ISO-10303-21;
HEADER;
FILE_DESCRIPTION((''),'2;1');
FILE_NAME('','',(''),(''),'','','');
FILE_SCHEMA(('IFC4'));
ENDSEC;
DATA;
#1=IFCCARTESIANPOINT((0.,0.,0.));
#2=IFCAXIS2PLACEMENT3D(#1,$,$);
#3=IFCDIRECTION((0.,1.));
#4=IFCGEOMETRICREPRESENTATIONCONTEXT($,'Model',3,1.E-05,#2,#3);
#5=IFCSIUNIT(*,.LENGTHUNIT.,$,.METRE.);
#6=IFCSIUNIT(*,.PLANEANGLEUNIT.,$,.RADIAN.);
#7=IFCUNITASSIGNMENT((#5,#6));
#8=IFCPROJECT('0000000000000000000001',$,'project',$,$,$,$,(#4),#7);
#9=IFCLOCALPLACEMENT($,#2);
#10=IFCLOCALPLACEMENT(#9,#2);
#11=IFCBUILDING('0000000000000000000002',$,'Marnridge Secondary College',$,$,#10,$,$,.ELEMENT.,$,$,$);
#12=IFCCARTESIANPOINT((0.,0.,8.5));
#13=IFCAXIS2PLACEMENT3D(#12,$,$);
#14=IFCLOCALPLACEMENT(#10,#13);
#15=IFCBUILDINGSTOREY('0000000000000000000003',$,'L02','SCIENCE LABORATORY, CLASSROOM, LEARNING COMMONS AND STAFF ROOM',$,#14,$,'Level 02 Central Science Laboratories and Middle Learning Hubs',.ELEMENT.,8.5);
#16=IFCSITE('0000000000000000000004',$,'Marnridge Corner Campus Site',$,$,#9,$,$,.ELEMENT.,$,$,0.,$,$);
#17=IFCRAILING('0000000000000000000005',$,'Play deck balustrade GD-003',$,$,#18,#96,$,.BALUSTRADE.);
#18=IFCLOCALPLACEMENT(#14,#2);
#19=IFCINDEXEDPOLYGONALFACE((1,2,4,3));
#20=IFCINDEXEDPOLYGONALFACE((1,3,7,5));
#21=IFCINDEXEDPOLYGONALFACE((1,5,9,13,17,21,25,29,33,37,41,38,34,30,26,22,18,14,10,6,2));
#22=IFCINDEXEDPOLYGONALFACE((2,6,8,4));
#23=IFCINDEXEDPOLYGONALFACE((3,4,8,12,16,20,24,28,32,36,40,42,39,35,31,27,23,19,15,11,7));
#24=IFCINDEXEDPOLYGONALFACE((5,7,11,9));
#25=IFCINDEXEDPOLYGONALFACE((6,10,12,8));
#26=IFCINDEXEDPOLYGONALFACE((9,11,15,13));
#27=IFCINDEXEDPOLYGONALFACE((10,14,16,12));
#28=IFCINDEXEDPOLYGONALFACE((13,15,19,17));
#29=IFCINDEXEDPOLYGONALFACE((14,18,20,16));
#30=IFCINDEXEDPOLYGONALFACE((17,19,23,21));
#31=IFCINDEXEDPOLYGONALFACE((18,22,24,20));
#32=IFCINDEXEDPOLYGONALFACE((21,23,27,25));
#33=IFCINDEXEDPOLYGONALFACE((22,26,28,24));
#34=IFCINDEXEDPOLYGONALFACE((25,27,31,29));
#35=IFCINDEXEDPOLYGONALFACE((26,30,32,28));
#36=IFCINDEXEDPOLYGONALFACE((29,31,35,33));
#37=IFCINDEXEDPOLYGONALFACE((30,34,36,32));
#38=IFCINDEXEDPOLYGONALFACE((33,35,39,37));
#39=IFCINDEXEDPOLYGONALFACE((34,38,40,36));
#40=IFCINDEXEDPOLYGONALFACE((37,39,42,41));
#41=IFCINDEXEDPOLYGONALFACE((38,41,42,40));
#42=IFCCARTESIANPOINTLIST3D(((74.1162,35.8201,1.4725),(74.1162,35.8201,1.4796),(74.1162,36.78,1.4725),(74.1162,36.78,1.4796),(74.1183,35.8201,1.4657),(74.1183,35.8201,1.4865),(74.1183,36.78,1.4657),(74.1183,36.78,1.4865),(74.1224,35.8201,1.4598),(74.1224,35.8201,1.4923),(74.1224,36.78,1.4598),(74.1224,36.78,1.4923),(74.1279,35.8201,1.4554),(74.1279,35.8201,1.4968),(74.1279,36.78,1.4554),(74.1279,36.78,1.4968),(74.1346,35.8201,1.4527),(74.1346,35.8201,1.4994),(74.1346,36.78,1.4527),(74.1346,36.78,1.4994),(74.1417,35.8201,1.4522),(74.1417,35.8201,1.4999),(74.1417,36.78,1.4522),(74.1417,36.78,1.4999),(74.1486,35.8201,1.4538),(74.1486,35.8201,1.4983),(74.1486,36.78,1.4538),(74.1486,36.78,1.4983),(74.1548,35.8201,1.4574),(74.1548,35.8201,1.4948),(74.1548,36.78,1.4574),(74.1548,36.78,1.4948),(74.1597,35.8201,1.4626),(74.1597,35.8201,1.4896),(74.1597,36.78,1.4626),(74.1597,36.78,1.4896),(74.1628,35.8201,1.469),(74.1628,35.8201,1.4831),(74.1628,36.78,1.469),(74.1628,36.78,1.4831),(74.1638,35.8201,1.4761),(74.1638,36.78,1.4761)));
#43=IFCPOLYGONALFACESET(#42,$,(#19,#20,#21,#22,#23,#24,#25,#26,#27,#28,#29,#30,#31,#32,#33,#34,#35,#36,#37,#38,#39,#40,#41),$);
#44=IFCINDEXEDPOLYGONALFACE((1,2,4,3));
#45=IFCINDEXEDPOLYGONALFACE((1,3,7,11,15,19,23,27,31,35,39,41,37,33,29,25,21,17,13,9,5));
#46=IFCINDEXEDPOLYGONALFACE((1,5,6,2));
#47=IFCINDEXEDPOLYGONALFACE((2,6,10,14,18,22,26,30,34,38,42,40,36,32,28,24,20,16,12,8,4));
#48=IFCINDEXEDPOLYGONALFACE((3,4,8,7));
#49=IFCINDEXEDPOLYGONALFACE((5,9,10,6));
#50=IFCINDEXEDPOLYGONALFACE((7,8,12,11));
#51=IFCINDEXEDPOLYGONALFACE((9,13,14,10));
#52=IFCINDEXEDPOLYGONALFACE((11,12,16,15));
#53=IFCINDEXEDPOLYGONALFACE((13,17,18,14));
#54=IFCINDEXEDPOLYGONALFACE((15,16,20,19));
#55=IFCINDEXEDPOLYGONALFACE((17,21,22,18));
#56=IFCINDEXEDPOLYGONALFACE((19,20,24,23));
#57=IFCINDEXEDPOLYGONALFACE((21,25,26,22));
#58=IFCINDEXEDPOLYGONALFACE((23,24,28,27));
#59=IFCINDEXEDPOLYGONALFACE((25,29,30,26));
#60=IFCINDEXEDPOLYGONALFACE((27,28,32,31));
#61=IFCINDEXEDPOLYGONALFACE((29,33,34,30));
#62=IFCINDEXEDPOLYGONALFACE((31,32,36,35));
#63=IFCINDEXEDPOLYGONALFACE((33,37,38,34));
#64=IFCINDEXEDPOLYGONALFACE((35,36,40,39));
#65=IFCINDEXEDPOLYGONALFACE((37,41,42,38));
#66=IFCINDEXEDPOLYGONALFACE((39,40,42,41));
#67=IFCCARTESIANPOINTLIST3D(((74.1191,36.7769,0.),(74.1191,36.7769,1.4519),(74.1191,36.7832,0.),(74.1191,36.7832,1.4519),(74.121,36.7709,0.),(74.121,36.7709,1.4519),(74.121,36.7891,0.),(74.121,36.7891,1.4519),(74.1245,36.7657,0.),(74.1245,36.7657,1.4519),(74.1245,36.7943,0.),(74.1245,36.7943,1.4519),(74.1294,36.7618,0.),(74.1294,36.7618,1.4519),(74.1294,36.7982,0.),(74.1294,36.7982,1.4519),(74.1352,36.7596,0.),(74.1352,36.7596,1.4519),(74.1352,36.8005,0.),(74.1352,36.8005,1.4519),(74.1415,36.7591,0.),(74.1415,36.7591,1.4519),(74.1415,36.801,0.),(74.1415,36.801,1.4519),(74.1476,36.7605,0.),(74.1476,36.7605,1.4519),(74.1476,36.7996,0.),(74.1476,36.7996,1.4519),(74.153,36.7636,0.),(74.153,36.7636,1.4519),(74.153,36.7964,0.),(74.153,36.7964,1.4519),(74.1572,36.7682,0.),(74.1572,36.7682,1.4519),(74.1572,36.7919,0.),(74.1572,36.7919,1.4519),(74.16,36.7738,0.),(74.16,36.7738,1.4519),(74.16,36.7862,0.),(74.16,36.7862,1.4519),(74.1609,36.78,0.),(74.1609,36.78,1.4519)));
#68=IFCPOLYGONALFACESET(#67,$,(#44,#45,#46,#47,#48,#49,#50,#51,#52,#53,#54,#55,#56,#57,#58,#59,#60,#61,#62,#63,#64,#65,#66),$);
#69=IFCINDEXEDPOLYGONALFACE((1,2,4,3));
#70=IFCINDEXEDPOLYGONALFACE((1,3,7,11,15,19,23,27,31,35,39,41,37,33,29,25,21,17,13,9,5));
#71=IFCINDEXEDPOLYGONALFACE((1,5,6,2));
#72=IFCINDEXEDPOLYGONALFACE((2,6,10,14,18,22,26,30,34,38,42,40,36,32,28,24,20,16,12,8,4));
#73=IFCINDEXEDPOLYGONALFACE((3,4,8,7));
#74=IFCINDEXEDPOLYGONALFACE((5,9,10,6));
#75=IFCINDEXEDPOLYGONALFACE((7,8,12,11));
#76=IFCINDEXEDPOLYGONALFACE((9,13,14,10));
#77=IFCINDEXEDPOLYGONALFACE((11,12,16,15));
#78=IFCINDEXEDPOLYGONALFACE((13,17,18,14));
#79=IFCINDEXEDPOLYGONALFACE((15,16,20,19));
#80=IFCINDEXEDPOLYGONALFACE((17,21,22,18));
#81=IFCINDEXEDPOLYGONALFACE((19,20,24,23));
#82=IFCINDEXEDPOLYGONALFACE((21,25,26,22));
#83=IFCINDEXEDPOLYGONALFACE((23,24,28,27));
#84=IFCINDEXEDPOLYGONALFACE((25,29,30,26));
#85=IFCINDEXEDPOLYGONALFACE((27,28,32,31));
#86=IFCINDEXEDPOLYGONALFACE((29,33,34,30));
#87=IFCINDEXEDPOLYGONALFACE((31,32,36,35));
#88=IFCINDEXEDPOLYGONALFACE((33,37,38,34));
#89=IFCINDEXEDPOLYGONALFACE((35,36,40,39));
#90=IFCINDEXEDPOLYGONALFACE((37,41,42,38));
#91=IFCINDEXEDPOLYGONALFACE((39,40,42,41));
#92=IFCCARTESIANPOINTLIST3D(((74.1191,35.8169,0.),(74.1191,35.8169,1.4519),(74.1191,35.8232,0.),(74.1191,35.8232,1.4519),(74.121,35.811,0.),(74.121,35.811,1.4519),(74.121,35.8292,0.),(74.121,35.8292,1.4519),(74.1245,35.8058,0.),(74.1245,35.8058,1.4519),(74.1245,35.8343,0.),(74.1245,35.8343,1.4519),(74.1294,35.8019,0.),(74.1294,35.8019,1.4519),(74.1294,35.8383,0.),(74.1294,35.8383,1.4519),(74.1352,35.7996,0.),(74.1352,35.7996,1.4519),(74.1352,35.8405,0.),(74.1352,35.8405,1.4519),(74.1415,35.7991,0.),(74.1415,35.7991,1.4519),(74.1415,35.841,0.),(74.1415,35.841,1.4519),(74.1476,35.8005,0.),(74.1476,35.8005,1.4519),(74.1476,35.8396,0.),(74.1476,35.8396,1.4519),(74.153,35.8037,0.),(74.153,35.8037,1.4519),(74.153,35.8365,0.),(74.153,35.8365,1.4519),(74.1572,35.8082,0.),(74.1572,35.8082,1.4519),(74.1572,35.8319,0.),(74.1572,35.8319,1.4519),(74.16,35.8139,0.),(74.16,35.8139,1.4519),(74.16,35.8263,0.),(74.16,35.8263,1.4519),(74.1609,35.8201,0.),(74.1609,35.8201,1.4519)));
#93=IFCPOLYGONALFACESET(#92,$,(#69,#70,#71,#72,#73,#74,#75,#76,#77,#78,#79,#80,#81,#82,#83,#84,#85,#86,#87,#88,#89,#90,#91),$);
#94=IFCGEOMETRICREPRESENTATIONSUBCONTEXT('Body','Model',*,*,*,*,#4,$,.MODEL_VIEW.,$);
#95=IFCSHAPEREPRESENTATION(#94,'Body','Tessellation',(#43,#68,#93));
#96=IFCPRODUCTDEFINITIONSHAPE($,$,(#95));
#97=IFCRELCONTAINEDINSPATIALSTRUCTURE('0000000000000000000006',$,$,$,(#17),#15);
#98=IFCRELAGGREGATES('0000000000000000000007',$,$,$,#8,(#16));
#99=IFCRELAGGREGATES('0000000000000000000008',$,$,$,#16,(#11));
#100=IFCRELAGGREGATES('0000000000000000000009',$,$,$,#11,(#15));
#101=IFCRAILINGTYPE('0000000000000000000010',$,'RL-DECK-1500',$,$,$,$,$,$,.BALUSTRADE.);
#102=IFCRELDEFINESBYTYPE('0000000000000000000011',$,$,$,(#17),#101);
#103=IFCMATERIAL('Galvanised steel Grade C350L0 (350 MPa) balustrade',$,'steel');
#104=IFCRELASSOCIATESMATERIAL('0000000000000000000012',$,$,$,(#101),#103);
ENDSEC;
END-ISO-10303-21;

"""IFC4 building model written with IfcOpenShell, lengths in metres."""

from ifc_helpers import new_model, si_unit, direction, frame, origin, origin_2d, place, context, subcontext, project, spatial, circle, extrude, material, type_object, element, save


model = new_model("IFC4")

# Units and contexts
model_context = context("Model", 3, precision=1e-05, world=origin(), true_north=direction((0.0, 1.0)))
body_context = subcontext(model_context, "Body", "Model", "MODEL_VIEW")
ifc_project = project(units=[si_unit("LENGTHUNIT", "METRE"), si_unit("PLANEANGLEUNIT", "RADIAN")], contexts=[model_context])

# Site, building, storey
site_placement = place(None, origin())
site = spatial("IfcSite", under=ifc_project, at=site_placement, Name="Marnridge Corner Campus Site", CompositionType="ELEMENT", RefElevation=0.0)
building_placement = place(site_placement, origin())
building = spatial("IfcBuilding", under=site, at=building_placement, Name="Marnridge Secondary College", CompositionType="ELEMENT")
storey_placement = place(building_placement, frame((0.0, 0.0, 8.5)))
storey = spatial("IfcBuildingStorey", under=building, at=storey_placement, Name="L02", Description="SCIENCE LABORATORY, CLASSROOM, LEARNING COMMONS AND STAFF ROOM", LongName="Level 02 Central Science Laboratories and Middle Learning Hubs", CompositionType="ELEMENT", Elevation=8.5)

# Railing
ifc_material_1 = material(Name="Galvanised steel Grade C350L0 (350 MPa) balustrade", Category="steel")
railing_type_1 = type_object("IfcRailingType", Name="RL-DECK-1500", PredefinedType="BALUSTRADE", material=ifc_material_1)
railing_1_placement = place(storey_placement, frame((74.1399, 36.78, 0.0)))
element("IfcRailing", 1, at=railing_1_placement, inside=storey, type_object=railing_type_1, Name="Play deck balustrade GD-003", PredefinedType="BALUSTRADE", context=body_context, shape_type="SweptSolid", body=[
    extrude(circle(Radius=0.0239, at=origin_2d()), frame((0.0, 0.0, 1.4761), z_axis=(0.0, -1.0, 0.0), x_axis=(1.0, 0.0, 0.0)), (0.0, 0.0, 1.0), 0.96),
    extrude(circle(Radius=0.021, at=origin_2d()), origin(), (0.0, 0.0, 1.0), 1.4519),
    extrude(circle(Radius=0.021, at=origin_2d()), frame((0.0, -0.96, 0.0)), (0.0, 0.0, 1.0), 1.4519),
])

save(model, "model.ifc")
